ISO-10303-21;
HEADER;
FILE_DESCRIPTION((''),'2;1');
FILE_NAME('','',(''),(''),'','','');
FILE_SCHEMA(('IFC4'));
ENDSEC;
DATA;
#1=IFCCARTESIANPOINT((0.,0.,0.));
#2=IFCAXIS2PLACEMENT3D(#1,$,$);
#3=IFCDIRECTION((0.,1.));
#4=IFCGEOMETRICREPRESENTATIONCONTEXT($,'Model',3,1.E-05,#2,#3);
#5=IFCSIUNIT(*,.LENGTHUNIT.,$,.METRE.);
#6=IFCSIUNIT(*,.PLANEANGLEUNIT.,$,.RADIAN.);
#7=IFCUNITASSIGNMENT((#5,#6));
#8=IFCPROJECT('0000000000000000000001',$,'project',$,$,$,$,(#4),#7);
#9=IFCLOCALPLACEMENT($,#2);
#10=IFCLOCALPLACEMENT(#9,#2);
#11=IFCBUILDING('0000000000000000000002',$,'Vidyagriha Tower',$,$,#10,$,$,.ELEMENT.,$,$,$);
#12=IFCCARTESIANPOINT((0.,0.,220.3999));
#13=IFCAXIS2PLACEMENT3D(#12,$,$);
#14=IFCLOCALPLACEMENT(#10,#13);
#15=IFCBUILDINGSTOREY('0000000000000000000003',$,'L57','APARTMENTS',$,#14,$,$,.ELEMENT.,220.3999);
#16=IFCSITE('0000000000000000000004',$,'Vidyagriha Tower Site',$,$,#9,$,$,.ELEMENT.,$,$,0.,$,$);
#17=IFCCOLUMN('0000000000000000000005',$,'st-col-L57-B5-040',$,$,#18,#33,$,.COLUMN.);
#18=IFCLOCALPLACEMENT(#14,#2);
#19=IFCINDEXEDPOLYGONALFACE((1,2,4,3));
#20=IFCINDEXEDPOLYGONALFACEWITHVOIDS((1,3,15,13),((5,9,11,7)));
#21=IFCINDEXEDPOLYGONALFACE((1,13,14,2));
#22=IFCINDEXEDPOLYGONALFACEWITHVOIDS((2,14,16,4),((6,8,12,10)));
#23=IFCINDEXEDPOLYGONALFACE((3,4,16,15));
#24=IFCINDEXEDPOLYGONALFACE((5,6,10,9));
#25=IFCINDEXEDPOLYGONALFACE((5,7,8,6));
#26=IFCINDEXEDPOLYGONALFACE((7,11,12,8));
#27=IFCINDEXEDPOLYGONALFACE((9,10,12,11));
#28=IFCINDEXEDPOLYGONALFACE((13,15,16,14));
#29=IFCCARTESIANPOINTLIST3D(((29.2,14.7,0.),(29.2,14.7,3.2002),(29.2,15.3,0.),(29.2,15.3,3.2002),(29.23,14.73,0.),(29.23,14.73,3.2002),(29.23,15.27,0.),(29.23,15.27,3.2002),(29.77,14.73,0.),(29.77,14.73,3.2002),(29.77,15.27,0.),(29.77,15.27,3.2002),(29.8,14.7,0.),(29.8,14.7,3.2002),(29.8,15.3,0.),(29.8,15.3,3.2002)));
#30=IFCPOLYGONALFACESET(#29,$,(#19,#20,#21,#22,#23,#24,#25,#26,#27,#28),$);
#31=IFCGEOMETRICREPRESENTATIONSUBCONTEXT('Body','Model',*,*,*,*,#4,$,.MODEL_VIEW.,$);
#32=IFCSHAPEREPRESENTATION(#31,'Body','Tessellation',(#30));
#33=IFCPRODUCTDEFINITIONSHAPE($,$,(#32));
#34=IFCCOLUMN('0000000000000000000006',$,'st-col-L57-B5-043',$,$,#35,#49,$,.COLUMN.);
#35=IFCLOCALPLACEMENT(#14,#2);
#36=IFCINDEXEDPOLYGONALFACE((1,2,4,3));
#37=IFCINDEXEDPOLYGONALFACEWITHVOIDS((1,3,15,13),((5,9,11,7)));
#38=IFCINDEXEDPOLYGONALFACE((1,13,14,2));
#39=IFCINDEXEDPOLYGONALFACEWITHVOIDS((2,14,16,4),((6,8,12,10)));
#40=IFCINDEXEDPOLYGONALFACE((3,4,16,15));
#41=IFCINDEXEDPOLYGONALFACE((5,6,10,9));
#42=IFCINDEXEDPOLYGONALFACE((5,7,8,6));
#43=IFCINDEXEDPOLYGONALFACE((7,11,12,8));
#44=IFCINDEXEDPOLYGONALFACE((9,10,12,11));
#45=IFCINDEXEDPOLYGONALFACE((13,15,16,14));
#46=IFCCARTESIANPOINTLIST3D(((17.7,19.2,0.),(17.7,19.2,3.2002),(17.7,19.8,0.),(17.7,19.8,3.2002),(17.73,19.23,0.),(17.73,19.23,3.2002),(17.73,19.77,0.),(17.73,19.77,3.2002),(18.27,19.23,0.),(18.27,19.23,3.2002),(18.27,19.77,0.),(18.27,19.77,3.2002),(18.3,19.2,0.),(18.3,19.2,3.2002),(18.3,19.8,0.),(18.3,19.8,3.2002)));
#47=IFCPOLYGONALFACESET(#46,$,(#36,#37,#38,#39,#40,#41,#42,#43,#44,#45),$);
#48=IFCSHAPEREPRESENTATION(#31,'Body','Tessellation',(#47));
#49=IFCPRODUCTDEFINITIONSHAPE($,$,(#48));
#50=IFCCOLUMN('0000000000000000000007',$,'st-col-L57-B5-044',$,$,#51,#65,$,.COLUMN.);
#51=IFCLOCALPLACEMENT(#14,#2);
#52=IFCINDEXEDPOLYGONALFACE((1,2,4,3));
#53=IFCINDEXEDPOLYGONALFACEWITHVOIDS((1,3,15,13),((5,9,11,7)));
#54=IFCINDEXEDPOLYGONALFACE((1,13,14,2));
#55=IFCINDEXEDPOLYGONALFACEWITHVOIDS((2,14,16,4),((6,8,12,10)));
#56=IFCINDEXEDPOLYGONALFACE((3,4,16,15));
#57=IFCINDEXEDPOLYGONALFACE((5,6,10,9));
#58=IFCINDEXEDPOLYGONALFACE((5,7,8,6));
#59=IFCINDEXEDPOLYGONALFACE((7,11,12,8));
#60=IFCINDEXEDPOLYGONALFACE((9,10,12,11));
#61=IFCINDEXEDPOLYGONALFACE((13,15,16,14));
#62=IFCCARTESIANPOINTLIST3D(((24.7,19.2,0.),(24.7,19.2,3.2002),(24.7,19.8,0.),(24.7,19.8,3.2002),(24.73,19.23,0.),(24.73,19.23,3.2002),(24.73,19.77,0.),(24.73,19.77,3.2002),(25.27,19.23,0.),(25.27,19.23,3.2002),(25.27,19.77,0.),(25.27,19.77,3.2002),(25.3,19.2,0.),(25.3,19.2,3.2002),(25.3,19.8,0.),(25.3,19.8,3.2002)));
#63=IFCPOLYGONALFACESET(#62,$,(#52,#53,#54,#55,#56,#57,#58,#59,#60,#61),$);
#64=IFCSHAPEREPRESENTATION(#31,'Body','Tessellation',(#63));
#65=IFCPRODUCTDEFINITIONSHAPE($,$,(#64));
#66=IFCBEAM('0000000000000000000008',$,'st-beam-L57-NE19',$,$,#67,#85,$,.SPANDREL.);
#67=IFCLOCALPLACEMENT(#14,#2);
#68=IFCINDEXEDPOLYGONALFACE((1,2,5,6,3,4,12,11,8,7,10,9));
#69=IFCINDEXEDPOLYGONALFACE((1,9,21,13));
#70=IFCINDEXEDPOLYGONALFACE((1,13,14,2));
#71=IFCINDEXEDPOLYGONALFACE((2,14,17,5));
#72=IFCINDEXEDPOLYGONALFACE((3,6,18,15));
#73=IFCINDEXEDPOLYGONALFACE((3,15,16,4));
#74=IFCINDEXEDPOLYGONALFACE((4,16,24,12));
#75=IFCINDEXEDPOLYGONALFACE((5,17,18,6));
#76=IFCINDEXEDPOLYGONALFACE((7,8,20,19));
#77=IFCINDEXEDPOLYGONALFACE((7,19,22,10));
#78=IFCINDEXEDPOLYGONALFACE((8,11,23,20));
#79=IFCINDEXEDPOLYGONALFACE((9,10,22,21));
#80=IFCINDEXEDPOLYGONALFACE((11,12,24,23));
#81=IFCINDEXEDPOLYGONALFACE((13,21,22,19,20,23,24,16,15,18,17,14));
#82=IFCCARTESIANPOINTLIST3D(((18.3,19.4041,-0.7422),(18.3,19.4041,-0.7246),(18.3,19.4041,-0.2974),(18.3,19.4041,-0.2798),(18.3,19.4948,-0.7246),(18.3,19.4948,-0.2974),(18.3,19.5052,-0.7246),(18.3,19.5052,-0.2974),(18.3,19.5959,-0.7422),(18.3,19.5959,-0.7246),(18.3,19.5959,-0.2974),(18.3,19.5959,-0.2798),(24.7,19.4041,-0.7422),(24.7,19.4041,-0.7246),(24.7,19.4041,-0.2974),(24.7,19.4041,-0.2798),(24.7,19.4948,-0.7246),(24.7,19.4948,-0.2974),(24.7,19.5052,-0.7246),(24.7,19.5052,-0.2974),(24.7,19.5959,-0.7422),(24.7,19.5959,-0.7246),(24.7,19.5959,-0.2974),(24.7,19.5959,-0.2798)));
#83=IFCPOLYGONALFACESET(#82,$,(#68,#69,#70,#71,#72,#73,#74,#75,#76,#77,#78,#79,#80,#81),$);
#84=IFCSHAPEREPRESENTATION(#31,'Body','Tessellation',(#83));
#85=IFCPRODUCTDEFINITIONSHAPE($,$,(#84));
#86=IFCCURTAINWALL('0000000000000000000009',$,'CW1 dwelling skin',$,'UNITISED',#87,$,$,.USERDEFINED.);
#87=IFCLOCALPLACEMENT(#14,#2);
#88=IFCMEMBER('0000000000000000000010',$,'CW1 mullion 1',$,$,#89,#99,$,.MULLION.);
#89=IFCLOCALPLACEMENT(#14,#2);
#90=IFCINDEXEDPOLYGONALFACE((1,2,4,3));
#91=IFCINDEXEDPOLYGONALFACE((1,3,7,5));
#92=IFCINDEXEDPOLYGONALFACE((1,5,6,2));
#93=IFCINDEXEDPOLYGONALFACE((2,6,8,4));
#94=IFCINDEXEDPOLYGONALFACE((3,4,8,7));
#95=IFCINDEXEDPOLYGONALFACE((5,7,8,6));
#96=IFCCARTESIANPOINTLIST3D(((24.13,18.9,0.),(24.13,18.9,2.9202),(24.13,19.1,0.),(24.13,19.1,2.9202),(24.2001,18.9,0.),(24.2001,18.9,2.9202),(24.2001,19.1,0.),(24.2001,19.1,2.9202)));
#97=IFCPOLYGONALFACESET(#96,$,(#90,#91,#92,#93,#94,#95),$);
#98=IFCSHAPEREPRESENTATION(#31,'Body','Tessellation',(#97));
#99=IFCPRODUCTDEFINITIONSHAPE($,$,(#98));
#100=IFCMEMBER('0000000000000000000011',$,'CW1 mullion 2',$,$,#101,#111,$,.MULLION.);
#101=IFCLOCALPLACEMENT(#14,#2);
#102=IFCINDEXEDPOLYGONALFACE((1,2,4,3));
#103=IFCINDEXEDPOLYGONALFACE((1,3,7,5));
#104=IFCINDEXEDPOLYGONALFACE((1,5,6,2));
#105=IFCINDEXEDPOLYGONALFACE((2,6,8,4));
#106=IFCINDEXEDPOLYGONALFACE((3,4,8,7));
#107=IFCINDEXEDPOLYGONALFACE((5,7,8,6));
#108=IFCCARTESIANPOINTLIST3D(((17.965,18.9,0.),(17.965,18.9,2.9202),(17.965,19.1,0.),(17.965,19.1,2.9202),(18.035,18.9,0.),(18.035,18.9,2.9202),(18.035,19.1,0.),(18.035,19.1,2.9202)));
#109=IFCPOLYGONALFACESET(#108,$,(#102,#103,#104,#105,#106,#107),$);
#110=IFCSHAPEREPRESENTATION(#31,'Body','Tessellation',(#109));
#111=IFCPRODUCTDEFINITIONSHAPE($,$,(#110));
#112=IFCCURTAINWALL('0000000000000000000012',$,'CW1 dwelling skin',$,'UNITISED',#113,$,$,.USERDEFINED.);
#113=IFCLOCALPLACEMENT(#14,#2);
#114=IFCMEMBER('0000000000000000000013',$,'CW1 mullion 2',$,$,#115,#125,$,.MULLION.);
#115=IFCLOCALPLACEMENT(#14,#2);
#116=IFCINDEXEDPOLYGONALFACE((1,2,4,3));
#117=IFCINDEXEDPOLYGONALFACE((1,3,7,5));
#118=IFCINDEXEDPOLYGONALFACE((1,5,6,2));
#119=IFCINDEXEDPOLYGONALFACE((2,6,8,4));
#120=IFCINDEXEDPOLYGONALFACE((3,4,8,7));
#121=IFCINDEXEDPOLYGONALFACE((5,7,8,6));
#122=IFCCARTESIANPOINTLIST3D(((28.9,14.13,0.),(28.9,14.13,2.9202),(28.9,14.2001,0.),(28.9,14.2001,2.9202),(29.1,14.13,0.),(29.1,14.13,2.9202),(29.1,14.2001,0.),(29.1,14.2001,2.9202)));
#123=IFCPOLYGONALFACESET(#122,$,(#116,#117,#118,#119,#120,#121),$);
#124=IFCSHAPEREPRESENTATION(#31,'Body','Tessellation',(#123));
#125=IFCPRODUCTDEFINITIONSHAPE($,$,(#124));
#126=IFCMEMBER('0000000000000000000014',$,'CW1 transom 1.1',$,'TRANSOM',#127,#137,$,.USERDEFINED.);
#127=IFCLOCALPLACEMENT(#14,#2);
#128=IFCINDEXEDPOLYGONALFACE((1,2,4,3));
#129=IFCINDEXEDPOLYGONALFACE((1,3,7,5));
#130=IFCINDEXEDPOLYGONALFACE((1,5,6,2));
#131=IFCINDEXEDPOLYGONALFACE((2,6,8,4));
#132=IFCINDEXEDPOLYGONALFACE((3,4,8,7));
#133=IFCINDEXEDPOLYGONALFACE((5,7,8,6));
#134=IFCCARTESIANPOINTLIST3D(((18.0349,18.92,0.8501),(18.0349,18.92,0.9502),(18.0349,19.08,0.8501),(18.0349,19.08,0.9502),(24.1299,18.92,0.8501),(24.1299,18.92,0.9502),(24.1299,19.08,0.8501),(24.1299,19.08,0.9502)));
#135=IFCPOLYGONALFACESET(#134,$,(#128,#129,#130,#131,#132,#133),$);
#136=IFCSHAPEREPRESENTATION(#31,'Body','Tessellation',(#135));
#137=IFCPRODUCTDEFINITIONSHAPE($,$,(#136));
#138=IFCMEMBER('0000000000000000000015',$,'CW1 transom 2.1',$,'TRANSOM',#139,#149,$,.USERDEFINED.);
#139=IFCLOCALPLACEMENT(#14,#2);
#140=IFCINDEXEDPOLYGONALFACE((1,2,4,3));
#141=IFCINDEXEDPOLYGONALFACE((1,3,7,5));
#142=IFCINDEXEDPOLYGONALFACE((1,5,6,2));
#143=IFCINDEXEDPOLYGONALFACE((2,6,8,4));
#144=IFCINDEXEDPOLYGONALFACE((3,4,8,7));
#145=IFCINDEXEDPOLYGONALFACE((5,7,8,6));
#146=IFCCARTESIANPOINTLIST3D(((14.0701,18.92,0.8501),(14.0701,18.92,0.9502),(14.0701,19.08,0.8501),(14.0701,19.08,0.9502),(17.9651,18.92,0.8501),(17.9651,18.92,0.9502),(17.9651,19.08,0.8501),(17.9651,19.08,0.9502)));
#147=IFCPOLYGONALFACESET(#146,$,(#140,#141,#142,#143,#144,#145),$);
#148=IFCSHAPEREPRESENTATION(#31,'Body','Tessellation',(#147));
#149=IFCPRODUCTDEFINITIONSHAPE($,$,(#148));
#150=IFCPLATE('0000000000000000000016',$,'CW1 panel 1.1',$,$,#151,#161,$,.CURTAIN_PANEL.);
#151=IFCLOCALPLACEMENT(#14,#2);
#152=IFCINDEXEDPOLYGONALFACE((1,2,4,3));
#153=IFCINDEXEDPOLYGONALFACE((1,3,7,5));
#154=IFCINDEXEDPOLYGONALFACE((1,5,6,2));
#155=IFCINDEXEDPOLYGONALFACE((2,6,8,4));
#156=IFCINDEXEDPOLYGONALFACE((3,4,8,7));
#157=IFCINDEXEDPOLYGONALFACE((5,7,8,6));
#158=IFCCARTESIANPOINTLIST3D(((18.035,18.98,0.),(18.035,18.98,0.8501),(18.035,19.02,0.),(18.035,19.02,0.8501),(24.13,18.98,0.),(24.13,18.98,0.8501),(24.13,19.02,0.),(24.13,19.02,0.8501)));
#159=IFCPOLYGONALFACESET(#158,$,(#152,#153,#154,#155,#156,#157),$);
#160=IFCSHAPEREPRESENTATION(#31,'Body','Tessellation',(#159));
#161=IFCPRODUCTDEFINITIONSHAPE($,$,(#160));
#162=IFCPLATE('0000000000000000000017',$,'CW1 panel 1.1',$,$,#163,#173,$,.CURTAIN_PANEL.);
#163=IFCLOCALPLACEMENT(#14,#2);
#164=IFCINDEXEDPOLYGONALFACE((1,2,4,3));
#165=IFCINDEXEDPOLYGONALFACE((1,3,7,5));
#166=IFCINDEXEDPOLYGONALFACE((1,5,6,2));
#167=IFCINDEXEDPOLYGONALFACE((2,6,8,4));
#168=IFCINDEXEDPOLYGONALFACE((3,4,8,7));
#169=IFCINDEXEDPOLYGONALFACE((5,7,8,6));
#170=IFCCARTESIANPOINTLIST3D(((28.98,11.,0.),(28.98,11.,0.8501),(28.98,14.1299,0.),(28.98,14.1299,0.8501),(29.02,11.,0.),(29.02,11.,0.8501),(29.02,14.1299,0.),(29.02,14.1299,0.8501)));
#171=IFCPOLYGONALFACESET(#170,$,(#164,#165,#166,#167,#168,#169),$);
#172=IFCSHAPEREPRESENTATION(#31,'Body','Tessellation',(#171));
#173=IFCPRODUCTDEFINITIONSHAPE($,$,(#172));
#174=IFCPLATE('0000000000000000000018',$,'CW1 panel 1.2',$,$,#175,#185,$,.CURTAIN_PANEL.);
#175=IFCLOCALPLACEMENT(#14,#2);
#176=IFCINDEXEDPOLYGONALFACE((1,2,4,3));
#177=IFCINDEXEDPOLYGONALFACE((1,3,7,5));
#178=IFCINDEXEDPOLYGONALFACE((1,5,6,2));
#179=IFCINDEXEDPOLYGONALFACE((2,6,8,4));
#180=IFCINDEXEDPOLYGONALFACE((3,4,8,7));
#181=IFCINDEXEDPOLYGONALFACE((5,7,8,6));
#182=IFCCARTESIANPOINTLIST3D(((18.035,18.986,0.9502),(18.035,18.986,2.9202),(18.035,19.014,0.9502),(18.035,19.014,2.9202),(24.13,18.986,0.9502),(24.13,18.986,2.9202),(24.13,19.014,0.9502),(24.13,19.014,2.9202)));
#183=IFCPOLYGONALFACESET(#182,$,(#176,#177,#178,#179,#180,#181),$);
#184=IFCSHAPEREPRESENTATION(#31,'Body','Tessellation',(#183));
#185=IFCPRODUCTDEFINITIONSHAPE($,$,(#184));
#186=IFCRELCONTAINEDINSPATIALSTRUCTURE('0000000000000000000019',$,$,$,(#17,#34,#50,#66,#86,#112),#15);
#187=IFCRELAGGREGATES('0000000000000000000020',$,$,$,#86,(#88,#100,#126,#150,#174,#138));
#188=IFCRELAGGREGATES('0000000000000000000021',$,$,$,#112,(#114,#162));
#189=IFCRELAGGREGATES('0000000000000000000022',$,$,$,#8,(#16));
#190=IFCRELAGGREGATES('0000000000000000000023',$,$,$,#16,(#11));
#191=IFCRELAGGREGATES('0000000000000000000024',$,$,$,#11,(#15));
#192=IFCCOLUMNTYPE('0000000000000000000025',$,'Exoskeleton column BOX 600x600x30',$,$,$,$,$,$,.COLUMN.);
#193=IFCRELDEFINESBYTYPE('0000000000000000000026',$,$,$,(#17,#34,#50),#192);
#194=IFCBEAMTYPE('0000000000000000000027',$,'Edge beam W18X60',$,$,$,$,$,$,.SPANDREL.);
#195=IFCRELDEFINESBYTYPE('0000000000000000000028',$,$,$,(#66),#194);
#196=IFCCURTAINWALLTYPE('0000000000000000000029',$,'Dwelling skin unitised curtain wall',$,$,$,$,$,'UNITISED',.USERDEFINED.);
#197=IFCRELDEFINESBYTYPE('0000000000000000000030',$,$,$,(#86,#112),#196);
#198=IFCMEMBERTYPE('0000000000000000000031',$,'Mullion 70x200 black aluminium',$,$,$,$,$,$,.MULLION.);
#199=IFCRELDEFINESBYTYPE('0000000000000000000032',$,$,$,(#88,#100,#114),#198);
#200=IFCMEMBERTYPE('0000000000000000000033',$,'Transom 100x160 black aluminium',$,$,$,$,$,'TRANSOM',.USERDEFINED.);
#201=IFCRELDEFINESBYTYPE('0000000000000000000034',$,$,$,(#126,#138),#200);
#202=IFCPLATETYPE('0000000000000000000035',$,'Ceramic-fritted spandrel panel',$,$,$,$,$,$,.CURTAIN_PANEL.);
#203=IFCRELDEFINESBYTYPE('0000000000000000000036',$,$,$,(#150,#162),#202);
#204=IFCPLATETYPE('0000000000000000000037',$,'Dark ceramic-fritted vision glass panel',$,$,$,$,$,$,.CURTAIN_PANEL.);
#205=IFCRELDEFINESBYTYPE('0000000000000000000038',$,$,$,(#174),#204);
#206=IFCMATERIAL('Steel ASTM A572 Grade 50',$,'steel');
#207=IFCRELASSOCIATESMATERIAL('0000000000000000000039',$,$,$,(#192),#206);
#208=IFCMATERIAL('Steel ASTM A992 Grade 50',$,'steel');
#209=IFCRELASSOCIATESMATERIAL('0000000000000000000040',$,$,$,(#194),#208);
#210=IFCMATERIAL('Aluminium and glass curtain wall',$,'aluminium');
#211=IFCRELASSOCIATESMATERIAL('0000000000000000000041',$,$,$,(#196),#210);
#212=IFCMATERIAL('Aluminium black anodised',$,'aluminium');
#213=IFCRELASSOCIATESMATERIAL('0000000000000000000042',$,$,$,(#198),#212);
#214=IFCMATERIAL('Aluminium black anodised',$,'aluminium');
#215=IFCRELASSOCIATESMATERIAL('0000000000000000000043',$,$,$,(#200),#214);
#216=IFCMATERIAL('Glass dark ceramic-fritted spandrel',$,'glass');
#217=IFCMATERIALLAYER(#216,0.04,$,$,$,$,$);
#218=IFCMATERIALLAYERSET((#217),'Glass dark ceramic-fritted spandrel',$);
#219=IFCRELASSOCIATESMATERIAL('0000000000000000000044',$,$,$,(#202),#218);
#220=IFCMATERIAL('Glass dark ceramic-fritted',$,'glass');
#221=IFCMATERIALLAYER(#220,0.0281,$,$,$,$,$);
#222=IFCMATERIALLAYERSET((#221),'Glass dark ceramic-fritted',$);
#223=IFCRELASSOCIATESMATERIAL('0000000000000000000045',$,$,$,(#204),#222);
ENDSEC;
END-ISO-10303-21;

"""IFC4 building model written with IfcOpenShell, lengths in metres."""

from ifc_helpers import new_model, si_unit, direction, frame, origin, origin_2d, place, context, subcontext, project, spatial, rectangle, hollow_rectangle, i_section, extrude, material, layer, layer_set, material_profile, profile_set, type_object, element, aggregate, save


model = new_model("IFC4")

# Units and contexts
model_context = context("Model", 3, precision=1e-05, world=origin(), true_north=direction((0.0, 1.0)))
body_context = subcontext(model_context, "Body", "Model", "MODEL_VIEW")
ifc_project = project(units=[si_unit("LENGTHUNIT", "METRE"), si_unit("PLANEANGLEUNIT", "RADIAN")], contexts=[model_context])

# Site, building, storey
site_placement = place(None, origin())
site = spatial("IfcSite", under=ifc_project, at=site_placement, Name="Vidyagriha Tower Site", CompositionType="ELEMENT", RefElevation=0.0)
building_placement = place(site_placement, origin())
building = spatial("IfcBuilding", under=site, at=building_placement, Name="Vidyagriha Tower", CompositionType="ELEMENT")
storey_placement = place(building_placement, frame((0.0, 0.0, 220.3999)))
storey = spatial("IfcBuildingStorey", under=building, at=storey_placement, Name="L57", Description="APARTMENTS", CompositionType="ELEMENT", Elevation=220.3999)

# Columns
ifc_material_1 = material(Name="Steel ASTM A572 Grade 50", Category="steel")
ifc_material_profile_1 = material_profile(ifc_material_1, hollow_rectangle(XDim=0.6001, YDim=0.6001, WallThickness=0.03, at=origin_2d()), Name="BOX 600x600x30")
ifc_profile_set_1 = profile_set([ifc_material_profile_1], Name="Steel ASTM A572 Grade 50")
column_type = type_object("IfcColumnType", Name="Exoskeleton column BOX 600x600x30", PredefinedType="COLUMN", material=ifc_profile_set_1)
for number, where, name in (
    (1, (29.5, 15.0, 0.0), "st-col-L57-B5-040"),
    (2, (18.0, 19.5, 0.0), "st-col-L57-B5-043"),
    (3, (25.0, 19.5, 0.0), "st-col-L57-B5-044"),
):
    element("IfcColumn", number, at=place(storey_placement, frame(where)), inside=storey, type_object=column_type, Name=name, PredefinedType="COLUMN", context=body_context, shape_type="SweptSolid", body=[
        extrude(hollow_rectangle(XDim=0.6001, YDim=0.6001, WallThickness=0.03, at=origin_2d()), origin(), (0.0, 0.0, 1.0), 3.2002),
    ])

# Beam
ifc_material_2 = material(Name="Steel ASTM A992 Grade 50", Category="steel")
ifc_material_profile_2 = material_profile(ifc_material_2, i_section(OverallWidth=0.1919, OverallDepth=0.4624, WebThickness=0.0105, FlangeThickness=0.0176, at=origin_2d()), Name="W18X60")
ifc_profile_set_2 = profile_set([ifc_material_profile_2], Name="Steel ASTM A992 Grade 50")
beam_type = type_object("IfcBeamType", Name="Edge beam W18X60", PredefinedType="SPANDREL", material=ifc_profile_set_2)
beam_placement = place(storey_placement, frame((18.3, 19.5, -0.511), z_axis=(1.0, 0.0, 0.0), x_axis=(0.0, 1.0, 0.0)))
element("IfcBeam", 4, at=beam_placement, inside=storey, type_object=beam_type, Name="st-beam-L57-NE19", PredefinedType="SPANDREL", context=body_context, shape_type="SweptSolid", body=[
    extrude(i_section(OverallWidth=0.1919, OverallDepth=0.4624, WebThickness=0.0105, FlangeThickness=0.0176, at=origin_2d()), origin(), (0.0, 0.0, 1.0), 6.3999),
])

# Curtain wall, members
ifc_material_3 = material(Name="Aluminium and glass curtain wall", Category="aluminium")
curtain_wall_type = type_object("IfcCurtainWallType", Name="Dwelling skin unitised curtain wall", ElementType="UNITISED", PredefinedType="USERDEFINED", material=ifc_material_3)
curtain_wall_1_placement = place(storey_placement, origin())
curtain_wall_1 = element("IfcCurtainWall", 5, at=curtain_wall_1_placement, inside=storey, type_object=curtain_wall_type, Name="CW1 dwelling skin", ObjectType="UNITISED", PredefinedType="USERDEFINED")
ifc_material_4 = material(Name="Aluminium black anodised", Category="aluminium")
ifc_material_profile_3 = material_profile(ifc_material_4, rectangle(XDim=0.2, YDim=0.0701, at=origin_2d()), Name="Mullion 70x200 black aluminium")
ifc_profile_set_3 = profile_set([ifc_material_profile_3], Name="Aluminium black anodised")
member_type_1 = type_object("IfcMemberType", Name="Mullion 70x200 black aluminium", PredefinedType="MULLION", material=ifc_profile_set_3)
member_1_placement = place(storey_placement, frame((24.165, 19.0, 0.0), z_axis=(0.0, 0.0, 1.0), x_axis=(0.0, -1.0, 0.0)))
member_1 = element("IfcMember", 6, at=member_1_placement, type_object=member_type_1, Name="CW1 mullion 1", PredefinedType="MULLION", context=body_context, shape_type="SweptSolid", body=[
    extrude(rectangle(XDim=0.2, YDim=0.0701, at=origin_2d()), origin(), (0.0, 0.0, 1.0), 2.9202),
])
member_2_placement = place(storey_placement, frame((18.0, 19.0, 0.0), z_axis=(0.0, 0.0, 1.0), x_axis=(0.0, -1.0, 0.0)))
member_2 = element("IfcMember", 7, at=member_2_placement, type_object=member_type_1, Name="CW1 mullion 2", PredefinedType="MULLION", context=body_context, shape_type="SweptSolid", body=[
    extrude(rectangle(XDim=0.2, YDim=0.0701, at=origin_2d()), origin(), (0.0, 0.0, 1.0), 2.9202),
])

# Curtain wall, member
curtain_wall_2_placement = place(storey_placement, origin())
curtain_wall_2 = element("IfcCurtainWall", 8, at=curtain_wall_2_placement, inside=storey, type_object=curtain_wall_type, Name="CW1 dwelling skin", ObjectType="UNITISED", PredefinedType="USERDEFINED")
member_3_placement = place(storey_placement, frame((29.0, 14.165, 0.0), z_axis=(0.0, 0.0, 1.0), x_axis=(-1.0, 0.0, 0.0)))
member_3 = element("IfcMember", 9, at=member_3_placement, type_object=member_type_1, Name="CW1 mullion 2", PredefinedType="MULLION", context=body_context, shape_type="SweptSolid", body=[
    extrude(rectangle(XDim=0.2, YDim=0.0701, at=origin_2d()), origin(), (0.0, 0.0, 1.0), 2.9202),
])

# Members
ifc_material_5 = material(Name="Aluminium black anodised", Category="aluminium")
ifc_material_profile_4 = material_profile(ifc_material_5, rectangle(XDim=0.1599, YDim=0.1001, at=origin_2d()), Name="Transom 100x160 black aluminium")
ifc_profile_set_4 = profile_set([ifc_material_profile_4], Name="Aluminium black anodised")
member_type_2 = type_object("IfcMemberType", Name="Transom 100x160 black aluminium", ElementType="TRANSOM", PredefinedType="USERDEFINED", material=ifc_profile_set_4)
member_4_placement = place(storey_placement, frame((24.1299, 19.0, 0.9001), z_axis=(-1.0, 0.0, 0.0), x_axis=(0.0, -1.0, 0.0)))
member_4 = element("IfcMember", 10, at=member_4_placement, type_object=member_type_2, Name="CW1 transom 1.1", ObjectType="TRANSOM", PredefinedType="USERDEFINED", context=body_context, shape_type="SweptSolid", body=[
    extrude(rectangle(XDim=0.1599, YDim=0.1001, at=origin_2d()), origin(), (0.0, 0.0, 1.0), 6.095),
])
member_5_placement = place(storey_placement, frame((17.9651, 19.0, 0.9001), z_axis=(-1.0, 0.0, 0.0), x_axis=(0.0, -1.0, 0.0)))
member_5 = element("IfcMember", 11, at=member_5_placement, type_object=member_type_2, Name="CW1 transom 2.1", ObjectType="TRANSOM", PredefinedType="USERDEFINED", context=body_context, shape_type="SweptSolid", body=[
    extrude(rectangle(XDim=0.1599, YDim=0.1001, at=origin_2d()), origin(), (0.0, 0.0, 1.0), 3.895),
])

# Plates
ifc_material_6 = material(Name="Glass dark ceramic-fritted spandrel", Category="glass")
ifc_layer_1 = layer(ifc_material_6, 0.04)
ifc_layer_set_1 = layer_set([ifc_layer_1], Name="Glass dark ceramic-fritted spandrel")
plate_type_1 = type_object("IfcPlateType", Name="Ceramic-fritted spandrel panel", PredefinedType="CURTAIN_PANEL", material=ifc_layer_set_1)
plate_1_placement = place(storey_placement, frame((21.0825, 19.0, 0.0), z_axis=(0.0, 0.0, 1.0), x_axis=(-1.0, 0.0, 0.0)))
plate_1 = element("IfcPlate", 12, at=plate_1_placement, type_object=plate_type_1, Name="CW1 panel 1.1", PredefinedType="CURTAIN_PANEL", context=body_context, shape_type="SweptSolid", body=[
    extrude(rectangle(XDim=6.095, YDim=0.04, at=origin_2d()), origin(), (0.0, 0.0, 1.0), 0.8501),
])
plate_2_placement = place(storey_placement, frame((29.0, 12.5649, 0.0), z_axis=(0.0, 0.0, 1.0), x_axis=(0.0, 1.0, 0.0)))
plate_2 = element("IfcPlate", 13, at=plate_2_placement, type_object=plate_type_1, Name="CW1 panel 1.1", PredefinedType="CURTAIN_PANEL", context=body_context, shape_type="SweptSolid", body=[
    extrude(rectangle(XDim=3.1299, YDim=0.04, at=origin_2d()), origin(), (0.0, 0.0, 1.0), 0.8501),
])
ifc_material_7 = material(Name="Glass dark ceramic-fritted", Category="glass")
ifc_layer_2 = layer(ifc_material_7, 0.0281)
ifc_layer_set_2 = layer_set([ifc_layer_2], Name="Glass dark ceramic-fritted")
plate_type_2 = type_object("IfcPlateType", Name="Dark ceramic-fritted vision glass panel", PredefinedType="CURTAIN_PANEL", material=ifc_layer_set_2)
plate_3_placement = place(storey_placement, frame((21.0825, 19.0, 0.9502), z_axis=(0.0, 0.0, 1.0), x_axis=(-1.0, 0.0, 0.0)))
plate_3 = element("IfcPlate", 14, at=plate_3_placement, type_object=plate_type_2, Name="CW1 panel 1.2", PredefinedType="CURTAIN_PANEL", context=body_context, shape_type="SweptSolid", body=[
    extrude(rectangle(XDim=6.095, YDim=0.0281, at=origin_2d()), origin(), (0.0, 0.0, 1.0), 1.97),
])
aggregate(curtain_wall_1, [member_1, member_2, member_4, plate_1, plate_3, member_5])
aggregate(curtain_wall_2, [member_3, plate_2])

save(model, "model.ifc")
